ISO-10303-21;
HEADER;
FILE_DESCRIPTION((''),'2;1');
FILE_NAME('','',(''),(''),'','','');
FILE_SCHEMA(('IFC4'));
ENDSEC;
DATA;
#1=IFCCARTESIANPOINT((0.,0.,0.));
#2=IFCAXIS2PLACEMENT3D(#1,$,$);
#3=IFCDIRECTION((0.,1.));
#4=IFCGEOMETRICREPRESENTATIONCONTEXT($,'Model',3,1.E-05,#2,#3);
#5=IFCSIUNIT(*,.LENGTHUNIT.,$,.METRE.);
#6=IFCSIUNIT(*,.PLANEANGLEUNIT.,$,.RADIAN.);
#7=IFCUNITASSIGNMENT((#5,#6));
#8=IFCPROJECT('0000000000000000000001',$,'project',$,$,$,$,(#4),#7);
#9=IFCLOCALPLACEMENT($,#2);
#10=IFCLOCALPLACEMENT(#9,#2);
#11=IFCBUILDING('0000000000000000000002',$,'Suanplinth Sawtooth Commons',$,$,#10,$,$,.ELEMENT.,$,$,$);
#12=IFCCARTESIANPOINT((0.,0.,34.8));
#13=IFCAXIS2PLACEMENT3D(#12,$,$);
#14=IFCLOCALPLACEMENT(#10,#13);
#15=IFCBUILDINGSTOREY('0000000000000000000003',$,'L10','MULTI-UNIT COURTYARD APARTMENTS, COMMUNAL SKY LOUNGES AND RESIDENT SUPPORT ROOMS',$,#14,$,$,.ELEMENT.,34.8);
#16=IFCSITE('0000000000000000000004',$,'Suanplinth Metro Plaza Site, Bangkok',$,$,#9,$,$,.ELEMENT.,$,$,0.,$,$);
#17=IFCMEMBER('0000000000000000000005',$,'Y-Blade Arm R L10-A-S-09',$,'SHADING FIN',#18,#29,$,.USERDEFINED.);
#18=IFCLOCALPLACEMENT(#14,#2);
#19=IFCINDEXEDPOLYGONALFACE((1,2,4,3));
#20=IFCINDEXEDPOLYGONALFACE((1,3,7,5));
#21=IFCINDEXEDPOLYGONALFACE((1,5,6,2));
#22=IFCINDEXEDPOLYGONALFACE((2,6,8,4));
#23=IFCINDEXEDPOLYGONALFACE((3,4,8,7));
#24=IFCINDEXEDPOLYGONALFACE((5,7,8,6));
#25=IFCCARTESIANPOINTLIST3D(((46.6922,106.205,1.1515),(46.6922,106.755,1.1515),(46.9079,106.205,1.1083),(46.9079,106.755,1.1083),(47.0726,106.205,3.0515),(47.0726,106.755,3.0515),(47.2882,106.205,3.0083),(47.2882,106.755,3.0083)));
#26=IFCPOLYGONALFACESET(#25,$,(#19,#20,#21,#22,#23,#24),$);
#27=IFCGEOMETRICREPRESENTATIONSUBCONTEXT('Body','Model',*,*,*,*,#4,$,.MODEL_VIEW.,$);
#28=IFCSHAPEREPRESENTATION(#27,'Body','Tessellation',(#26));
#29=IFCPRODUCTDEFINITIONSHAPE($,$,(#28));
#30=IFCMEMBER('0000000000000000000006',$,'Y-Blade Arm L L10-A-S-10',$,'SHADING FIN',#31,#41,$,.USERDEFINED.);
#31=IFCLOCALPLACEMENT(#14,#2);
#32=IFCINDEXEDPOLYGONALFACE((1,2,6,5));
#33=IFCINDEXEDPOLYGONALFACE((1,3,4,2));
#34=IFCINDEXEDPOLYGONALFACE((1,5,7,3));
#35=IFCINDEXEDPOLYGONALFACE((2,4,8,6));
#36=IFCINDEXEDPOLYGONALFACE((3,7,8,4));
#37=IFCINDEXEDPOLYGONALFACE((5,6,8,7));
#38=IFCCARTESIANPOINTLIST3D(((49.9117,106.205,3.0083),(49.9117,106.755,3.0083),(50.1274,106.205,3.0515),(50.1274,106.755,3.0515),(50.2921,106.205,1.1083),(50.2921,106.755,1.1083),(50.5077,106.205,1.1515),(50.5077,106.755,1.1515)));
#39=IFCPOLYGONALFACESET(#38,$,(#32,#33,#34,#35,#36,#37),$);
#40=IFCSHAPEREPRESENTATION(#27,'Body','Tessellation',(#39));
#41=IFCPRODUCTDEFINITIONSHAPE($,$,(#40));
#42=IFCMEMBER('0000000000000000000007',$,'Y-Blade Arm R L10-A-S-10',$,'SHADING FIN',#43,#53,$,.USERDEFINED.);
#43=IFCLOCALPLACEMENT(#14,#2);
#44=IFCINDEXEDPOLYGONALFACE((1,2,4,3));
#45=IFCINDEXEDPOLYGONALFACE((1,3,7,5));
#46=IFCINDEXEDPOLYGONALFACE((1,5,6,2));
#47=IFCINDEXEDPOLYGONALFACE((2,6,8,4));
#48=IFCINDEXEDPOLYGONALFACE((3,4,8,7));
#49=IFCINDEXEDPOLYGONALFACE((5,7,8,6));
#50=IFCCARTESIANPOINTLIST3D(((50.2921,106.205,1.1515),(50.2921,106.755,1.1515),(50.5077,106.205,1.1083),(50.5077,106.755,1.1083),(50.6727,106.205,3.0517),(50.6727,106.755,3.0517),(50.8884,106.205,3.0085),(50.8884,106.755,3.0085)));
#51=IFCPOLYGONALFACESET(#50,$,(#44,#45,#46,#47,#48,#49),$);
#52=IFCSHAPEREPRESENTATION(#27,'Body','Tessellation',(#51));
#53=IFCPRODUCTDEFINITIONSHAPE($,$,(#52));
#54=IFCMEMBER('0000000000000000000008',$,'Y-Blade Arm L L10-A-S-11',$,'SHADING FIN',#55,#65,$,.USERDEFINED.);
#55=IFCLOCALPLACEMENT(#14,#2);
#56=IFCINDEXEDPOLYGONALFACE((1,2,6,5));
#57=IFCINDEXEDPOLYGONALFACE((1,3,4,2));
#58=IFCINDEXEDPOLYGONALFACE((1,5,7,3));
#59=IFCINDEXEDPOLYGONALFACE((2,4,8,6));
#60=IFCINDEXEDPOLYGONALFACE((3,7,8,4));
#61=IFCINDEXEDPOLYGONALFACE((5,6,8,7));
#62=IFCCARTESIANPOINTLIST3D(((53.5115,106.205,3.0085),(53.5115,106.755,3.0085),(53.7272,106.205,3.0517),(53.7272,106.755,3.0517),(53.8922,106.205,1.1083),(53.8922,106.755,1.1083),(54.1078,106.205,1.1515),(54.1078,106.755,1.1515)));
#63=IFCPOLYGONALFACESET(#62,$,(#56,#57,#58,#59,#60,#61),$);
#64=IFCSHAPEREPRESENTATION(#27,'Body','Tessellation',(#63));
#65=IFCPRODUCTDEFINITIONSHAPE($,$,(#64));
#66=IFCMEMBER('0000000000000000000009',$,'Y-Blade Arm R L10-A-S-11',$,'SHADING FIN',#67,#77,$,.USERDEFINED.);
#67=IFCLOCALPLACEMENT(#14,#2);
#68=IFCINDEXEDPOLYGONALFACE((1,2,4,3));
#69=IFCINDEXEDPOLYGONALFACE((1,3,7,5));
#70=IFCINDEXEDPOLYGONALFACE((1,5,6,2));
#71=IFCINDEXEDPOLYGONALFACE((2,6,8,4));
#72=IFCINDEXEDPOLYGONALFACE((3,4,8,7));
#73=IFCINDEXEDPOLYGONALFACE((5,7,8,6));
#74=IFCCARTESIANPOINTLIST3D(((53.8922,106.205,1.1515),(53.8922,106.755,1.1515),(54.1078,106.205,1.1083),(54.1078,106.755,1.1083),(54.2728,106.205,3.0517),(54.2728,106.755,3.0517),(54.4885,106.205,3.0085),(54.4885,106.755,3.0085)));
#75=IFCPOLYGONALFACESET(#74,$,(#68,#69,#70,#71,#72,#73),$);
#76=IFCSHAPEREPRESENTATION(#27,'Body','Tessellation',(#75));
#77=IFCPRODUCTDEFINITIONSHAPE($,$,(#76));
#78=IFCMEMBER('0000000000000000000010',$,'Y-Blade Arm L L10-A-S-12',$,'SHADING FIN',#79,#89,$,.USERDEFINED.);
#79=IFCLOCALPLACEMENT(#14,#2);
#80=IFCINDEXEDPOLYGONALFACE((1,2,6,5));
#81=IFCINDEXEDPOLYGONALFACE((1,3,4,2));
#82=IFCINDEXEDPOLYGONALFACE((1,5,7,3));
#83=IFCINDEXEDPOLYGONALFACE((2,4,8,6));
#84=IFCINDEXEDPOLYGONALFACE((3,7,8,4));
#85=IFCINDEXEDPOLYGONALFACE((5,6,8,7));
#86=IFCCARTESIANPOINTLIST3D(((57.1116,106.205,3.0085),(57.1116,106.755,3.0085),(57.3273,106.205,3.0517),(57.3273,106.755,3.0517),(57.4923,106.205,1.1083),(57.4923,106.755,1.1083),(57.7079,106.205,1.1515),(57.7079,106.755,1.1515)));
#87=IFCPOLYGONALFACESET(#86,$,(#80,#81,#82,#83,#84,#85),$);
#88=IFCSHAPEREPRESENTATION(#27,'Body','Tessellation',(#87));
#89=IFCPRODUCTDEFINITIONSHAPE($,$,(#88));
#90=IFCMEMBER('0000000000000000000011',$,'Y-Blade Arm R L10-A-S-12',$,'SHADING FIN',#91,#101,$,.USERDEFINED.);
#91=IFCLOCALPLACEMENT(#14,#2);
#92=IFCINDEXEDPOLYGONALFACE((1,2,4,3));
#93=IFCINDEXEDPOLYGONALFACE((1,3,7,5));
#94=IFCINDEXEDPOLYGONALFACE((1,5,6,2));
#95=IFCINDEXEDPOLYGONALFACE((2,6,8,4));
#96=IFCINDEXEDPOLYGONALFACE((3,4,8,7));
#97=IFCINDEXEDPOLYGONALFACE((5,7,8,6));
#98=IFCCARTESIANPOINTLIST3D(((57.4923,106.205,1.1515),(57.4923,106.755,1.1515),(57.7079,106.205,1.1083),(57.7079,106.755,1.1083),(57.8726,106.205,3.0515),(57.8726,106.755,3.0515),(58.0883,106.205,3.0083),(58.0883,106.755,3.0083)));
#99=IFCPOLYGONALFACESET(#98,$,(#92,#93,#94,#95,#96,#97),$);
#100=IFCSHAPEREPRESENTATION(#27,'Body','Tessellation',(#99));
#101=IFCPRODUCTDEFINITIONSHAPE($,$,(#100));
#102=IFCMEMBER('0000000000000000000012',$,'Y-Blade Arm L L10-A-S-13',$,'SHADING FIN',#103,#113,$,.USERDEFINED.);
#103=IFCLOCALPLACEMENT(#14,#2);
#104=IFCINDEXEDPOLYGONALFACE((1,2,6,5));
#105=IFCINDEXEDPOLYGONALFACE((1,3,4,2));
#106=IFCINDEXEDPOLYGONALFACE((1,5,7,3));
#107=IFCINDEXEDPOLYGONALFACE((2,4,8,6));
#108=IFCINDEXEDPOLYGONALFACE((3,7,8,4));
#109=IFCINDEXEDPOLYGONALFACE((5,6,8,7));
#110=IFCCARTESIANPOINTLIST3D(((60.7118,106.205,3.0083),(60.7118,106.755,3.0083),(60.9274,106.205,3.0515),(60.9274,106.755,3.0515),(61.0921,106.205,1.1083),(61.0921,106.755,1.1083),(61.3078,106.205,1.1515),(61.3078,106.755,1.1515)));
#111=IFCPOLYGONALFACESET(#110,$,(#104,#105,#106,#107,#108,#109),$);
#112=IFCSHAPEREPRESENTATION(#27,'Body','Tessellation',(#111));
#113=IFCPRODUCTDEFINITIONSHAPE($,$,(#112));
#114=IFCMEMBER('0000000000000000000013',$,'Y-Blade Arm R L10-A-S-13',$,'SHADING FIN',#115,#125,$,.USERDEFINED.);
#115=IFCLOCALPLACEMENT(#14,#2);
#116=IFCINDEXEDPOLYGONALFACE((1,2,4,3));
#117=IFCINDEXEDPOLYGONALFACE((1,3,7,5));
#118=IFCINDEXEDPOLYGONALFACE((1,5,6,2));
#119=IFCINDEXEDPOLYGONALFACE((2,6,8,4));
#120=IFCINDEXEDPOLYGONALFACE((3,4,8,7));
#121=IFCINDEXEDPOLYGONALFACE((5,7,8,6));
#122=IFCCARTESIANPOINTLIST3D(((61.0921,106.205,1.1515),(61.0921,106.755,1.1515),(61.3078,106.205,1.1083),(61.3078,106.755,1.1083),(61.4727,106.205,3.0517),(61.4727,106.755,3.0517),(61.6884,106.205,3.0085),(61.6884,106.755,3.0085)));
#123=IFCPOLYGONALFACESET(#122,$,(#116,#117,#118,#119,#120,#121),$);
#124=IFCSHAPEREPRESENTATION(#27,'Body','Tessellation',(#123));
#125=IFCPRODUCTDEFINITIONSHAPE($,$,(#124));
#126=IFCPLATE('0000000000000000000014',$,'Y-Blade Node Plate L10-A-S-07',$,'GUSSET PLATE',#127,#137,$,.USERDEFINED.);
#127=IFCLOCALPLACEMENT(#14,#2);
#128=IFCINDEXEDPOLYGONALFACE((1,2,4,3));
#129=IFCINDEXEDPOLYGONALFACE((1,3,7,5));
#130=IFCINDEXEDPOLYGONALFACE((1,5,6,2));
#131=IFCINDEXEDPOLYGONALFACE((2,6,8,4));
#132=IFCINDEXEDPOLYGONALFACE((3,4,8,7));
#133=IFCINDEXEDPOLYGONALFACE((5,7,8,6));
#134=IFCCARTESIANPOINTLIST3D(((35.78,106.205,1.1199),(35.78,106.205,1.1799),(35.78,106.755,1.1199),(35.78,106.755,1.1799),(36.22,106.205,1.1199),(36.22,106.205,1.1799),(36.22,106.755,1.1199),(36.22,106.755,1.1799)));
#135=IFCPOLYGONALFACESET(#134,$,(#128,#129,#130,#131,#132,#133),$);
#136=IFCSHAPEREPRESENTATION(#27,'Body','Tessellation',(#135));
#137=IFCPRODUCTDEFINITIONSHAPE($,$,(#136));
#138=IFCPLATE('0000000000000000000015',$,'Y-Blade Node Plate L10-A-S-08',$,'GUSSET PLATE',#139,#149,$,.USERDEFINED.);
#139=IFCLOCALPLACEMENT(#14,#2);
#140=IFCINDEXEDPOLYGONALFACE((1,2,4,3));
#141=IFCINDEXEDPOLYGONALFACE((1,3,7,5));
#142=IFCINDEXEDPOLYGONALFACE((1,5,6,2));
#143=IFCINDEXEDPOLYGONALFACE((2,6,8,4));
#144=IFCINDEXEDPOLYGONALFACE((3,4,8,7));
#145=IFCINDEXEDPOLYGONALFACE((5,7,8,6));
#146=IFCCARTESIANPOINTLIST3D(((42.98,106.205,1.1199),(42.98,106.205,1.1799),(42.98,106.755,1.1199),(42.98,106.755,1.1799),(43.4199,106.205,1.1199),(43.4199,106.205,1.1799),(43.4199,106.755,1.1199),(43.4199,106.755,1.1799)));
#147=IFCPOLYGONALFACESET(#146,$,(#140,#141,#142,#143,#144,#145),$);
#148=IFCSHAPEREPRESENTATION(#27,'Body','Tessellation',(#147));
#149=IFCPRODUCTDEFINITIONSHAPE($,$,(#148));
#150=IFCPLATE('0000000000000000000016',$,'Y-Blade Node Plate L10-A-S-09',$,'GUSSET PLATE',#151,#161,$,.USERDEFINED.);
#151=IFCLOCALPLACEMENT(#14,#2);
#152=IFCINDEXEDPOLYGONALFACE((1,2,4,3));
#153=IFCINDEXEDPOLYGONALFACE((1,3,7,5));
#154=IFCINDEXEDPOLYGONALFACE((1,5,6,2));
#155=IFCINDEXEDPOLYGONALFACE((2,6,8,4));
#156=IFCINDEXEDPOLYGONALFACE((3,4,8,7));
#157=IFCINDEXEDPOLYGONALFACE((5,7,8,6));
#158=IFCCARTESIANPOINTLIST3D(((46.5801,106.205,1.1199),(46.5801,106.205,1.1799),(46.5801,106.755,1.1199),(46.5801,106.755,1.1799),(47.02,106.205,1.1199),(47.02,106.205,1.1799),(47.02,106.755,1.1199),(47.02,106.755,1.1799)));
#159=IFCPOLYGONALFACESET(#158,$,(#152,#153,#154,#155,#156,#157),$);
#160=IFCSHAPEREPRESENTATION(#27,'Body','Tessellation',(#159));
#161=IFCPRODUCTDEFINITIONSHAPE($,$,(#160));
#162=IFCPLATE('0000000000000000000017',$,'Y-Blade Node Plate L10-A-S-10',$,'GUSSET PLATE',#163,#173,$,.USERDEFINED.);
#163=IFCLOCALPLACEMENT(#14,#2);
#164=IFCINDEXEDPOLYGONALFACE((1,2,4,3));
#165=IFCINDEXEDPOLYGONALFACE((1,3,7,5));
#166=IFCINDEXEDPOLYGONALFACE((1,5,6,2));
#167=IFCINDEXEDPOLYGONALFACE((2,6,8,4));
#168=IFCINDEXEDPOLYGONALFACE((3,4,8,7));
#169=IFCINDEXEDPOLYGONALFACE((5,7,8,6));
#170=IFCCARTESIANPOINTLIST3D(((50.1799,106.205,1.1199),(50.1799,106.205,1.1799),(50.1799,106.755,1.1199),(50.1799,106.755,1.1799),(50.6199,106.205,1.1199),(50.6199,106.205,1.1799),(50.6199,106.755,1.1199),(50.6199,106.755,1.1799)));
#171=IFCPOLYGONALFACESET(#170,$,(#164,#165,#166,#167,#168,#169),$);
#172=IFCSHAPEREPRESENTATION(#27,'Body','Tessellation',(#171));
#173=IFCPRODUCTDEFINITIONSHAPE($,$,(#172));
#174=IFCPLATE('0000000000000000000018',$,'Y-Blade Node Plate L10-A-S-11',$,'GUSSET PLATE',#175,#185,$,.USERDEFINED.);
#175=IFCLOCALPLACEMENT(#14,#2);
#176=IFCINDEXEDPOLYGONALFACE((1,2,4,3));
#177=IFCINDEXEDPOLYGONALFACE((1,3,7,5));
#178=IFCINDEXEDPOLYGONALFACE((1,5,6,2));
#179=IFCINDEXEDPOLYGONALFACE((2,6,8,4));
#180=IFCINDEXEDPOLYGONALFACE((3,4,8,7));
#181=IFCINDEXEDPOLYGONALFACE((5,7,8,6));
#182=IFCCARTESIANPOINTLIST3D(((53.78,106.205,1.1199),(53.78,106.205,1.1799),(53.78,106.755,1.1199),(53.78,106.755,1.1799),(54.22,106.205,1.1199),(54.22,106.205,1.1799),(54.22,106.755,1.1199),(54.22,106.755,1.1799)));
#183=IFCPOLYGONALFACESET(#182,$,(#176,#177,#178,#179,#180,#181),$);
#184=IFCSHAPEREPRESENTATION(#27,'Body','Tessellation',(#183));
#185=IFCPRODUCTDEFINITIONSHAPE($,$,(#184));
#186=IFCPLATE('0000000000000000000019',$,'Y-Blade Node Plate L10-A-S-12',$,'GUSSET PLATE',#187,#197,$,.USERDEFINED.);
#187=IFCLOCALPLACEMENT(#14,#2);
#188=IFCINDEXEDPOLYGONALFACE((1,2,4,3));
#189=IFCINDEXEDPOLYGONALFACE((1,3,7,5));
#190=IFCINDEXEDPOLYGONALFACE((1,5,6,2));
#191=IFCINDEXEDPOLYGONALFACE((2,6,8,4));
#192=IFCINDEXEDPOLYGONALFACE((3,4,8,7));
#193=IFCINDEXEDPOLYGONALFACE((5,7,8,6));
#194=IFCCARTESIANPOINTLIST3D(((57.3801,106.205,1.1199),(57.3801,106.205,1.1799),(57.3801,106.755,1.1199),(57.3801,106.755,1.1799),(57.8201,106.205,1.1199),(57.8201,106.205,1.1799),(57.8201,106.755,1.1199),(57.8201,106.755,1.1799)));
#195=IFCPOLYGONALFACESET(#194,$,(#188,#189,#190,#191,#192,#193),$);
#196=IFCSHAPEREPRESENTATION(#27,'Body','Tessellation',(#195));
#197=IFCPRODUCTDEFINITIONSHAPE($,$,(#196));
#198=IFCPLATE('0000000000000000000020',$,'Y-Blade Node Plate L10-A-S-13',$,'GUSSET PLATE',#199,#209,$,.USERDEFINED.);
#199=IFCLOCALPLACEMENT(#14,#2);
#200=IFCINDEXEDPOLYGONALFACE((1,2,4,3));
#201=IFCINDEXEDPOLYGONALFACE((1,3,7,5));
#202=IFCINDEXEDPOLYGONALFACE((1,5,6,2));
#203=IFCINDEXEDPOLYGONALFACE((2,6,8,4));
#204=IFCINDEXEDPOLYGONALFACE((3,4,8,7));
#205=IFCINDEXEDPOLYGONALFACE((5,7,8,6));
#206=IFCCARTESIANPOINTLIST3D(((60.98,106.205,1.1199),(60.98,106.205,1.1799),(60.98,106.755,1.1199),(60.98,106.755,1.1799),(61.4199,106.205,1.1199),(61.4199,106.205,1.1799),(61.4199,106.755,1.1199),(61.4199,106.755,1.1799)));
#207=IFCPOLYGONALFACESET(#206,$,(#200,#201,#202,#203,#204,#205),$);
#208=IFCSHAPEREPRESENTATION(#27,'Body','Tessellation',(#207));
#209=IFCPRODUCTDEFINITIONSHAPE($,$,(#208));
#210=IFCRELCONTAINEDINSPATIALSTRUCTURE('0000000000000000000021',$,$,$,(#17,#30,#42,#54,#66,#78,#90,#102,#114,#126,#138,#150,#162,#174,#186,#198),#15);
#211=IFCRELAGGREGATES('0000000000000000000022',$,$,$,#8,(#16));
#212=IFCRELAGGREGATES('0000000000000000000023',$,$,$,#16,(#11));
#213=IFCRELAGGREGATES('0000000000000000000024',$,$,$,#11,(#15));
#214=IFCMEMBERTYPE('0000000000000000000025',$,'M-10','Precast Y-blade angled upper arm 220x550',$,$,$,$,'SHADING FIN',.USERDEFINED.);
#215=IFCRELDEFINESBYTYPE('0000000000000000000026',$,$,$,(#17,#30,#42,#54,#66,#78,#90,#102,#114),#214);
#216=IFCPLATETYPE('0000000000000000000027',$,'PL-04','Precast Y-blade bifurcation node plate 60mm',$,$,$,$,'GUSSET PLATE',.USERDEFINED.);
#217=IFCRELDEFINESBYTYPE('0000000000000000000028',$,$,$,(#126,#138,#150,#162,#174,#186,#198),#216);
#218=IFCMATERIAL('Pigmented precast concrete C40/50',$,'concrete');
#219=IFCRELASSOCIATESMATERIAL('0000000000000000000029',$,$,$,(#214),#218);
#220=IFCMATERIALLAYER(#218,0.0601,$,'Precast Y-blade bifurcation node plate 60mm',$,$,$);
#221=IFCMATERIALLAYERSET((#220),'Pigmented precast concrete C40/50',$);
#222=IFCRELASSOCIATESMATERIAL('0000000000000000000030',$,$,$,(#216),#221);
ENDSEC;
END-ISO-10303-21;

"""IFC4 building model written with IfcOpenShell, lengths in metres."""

from ifc_helpers import new_model, si_unit, direction, frame, origin, origin_2d, place, context, subcontext, project, spatial, rectangle, extrude, material, layer, layer_set, material_profile, profile_set, type_object, element, save


model = new_model("IFC4")

# Units and contexts
model_context = context("Model", 3, precision=1e-05, world=origin(), true_north=direction((0.0, 1.0)))
body_context = subcontext(model_context, "Body", "Model", "MODEL_VIEW")
ifc_project = project(units=[si_unit("LENGTHUNIT", "METRE"), si_unit("PLANEANGLEUNIT", "RADIAN")], contexts=[model_context])

# Site, building, storey
site_placement = place(None, origin())
site = spatial("IfcSite", under=ifc_project, at=site_placement, Name="Suanplinth Metro Plaza Site, Bangkok", CompositionType="ELEMENT", RefElevation=0.0)
building_placement = place(site_placement, origin())
building = spatial("IfcBuilding", under=site, at=building_placement, Name="Suanplinth Sawtooth Commons", CompositionType="ELEMENT")
storey_placement = place(building_placement, frame((0.0, 0.0, 34.8)))
storey = spatial("IfcBuildingStorey", under=building, at=storey_placement, Name="L10", Description="MULTI-UNIT COURTYARD APARTMENTS, COMMUNAL SKY LOUNGES AND RESIDENT SUPPORT ROOMS", CompositionType="ELEMENT", Elevation=34.8)

# Members
ifc_material_1 = material(Name="Pigmented precast concrete C40/50", Category="concrete")
ifc_material_profile_1 = material_profile(ifc_material_1, rectangle(XDim=0.22, YDim=0.55, at=origin_2d()), Name="PC-FIN 220x550")
ifc_profile_set_1 = profile_set([ifc_material_profile_1], Name="Pigmented precast concrete C40/50")
member_type_1 = type_object("IfcMemberType", Name="M-10", Description="Precast Y-blade angled upper arm 220x550", ElementType="SHADING FIN", PredefinedType="USERDEFINED", material=ifc_profile_set_1)
for number, where, z_axis, x_axis, name in (
    (1, (46.8, 106.48, 1.1299), (0.196286, 0.0, 0.980547), (-0.980547, 0.0, 0.196286), "Y-Blade Arm R L10-A-S-09"),
    (2, (50.3999, 106.48, 1.1299), (-0.196286, 0.0, 0.980547), (0.980547, 0.0, 0.196286), "Y-Blade Arm L L10-A-S-10"),
):
    element("IfcMember", number, at=place(storey_placement, frame(where, z_axis=z_axis, x_axis=x_axis)), inside=storey, type_object=member_type_1, Name=name, ObjectType="SHADING FIN", PredefinedType="USERDEFINED", context=body_context, shape_type="SweptSolid", body=[
        extrude(rectangle(XDim=0.22, YDim=0.55, at=origin_2d()), origin(), (0.0, 0.0, 1.0), 1.9377),
    ])
for number, where, z_axis, x_axis, name in (
    (3, (50.3999, 106.48, 1.1299), (0.196407, 0.0, 0.980522), (-0.980522, 0.0, 0.196407), "Y-Blade Arm R L10-A-S-10"),
    (4, (54.0, 106.48, 1.1299), (-0.196407, 0.0, 0.980522), (0.980522, 0.0, 0.196407), "Y-Blade Arm L L10-A-S-11"),
    (5, (54.0, 106.48, 1.1299), (0.196407, 0.0, 0.980522), (-0.980522, 0.0, 0.196407), "Y-Blade Arm R L10-A-S-11"),
    (6, (57.6001, 106.48, 1.1299), (-0.196407, 0.0, 0.980522), (0.980522, 0.0, 0.196407), "Y-Blade Arm L L10-A-S-12"),
):
    element("IfcMember", number, at=place(storey_placement, frame(where, z_axis=z_axis, x_axis=x_axis)), inside=storey, type_object=member_type_1, Name=name, ObjectType="SHADING FIN", PredefinedType="USERDEFINED", context=body_context, shape_type="SweptSolid", body=[
        extrude(rectangle(XDim=0.22, YDim=0.55, at=origin_2d()), origin(), (0.0, 0.0, 1.0), 1.938),
    ])
for number, where, z_axis, x_axis, name in (
    (7, (57.6001, 106.48, 1.1299), (0.196286, 0.0, 0.980547), (-0.980547, 0.0, 0.196286), "Y-Blade Arm R L10-A-S-12"),
    (8, (61.2, 106.48, 1.1299), (-0.196286, 0.0, 0.980547), (0.980547, 0.0, 0.196286), "Y-Blade Arm L L10-A-S-13"),
):
    element("IfcMember", number, at=place(storey_placement, frame(where, z_axis=z_axis, x_axis=x_axis)), inside=storey, type_object=member_type_1, Name=name, ObjectType="SHADING FIN", PredefinedType="USERDEFINED", context=body_context, shape_type="SweptSolid", body=[
        extrude(rectangle(XDim=0.22, YDim=0.55, at=origin_2d()), origin(), (0.0, 0.0, 1.0), 1.9377),
    ])
member_1_placement = place(storey_placement, frame((61.2, 106.48, 1.1299), z_axis=(0.196407, 0.0, 0.980522), x_axis=(-0.980522, 0.0, 0.196407)))
element("IfcMember", 9, at=member_1_placement, inside=storey, type_object=member_type_1, Name="Y-Blade Arm R L10-A-S-13", ObjectType="SHADING FIN", PredefinedType="USERDEFINED", context=body_context, shape_type="SweptSolid", body=[
    extrude(rectangle(XDim=0.22, YDim=0.55, at=origin_2d()), origin(), (0.0, 0.0, 1.0), 1.938),
])

# Plates
ifc_layer = layer(ifc_material_1, 0.0601, Name="Precast Y-blade bifurcation node plate 60mm")
ifc_layer_set = layer_set([ifc_layer], Name="Pigmented precast concrete C40/50")
plate_type = type_object("IfcPlateType", Name="PL-04", Description="Precast Y-blade bifurcation node plate 60mm", ElementType="GUSSET PLATE", PredefinedType="USERDEFINED", material=ifc_layer_set)
for number, where, z_axis, x_axis, name in (
    (10, (36.0, 106.48, 1.1199), (0.0, 0.0, 1.0), (1.0, 0.0, 0.0), "Y-Blade Node Plate L10-A-S-07"),
    (11, (43.2, 106.48, 1.1199), (0.0, 0.0, 1.0), (1.0, 0.0, 0.0), "Y-Blade Node Plate L10-A-S-08"),
    (12, (46.8, 106.48, 1.1199), (0.0, 0.0, 1.0), (1.0, 0.0, 0.0), "Y-Blade Node Plate L10-A-S-09"),
    (13, (50.3999, 106.48, 1.1199), (0.0, 0.0, 1.0), (1.0, 0.0, 0.0), "Y-Blade Node Plate L10-A-S-10"),
    (14, (54.0, 106.48, 1.1199), (0.0, 0.0, 1.0), (1.0, 0.0, 0.0), "Y-Blade Node Plate L10-A-S-11"),
    (15, (57.6001, 106.48, 1.1199), (0.0, 0.0, 1.0), (1.0, 0.0, 0.0), "Y-Blade Node Plate L10-A-S-12"),
    (16, (61.2, 106.48, 1.1199), (0.0, 0.0, 1.0), (1.0, 0.0, 0.0), "Y-Blade Node Plate L10-A-S-13"),
):
    element("IfcPlate", number, at=place(storey_placement, frame(where, z_axis=z_axis, x_axis=x_axis)), inside=storey, type_object=plate_type, Name=name, ObjectType="GUSSET PLATE", PredefinedType="USERDEFINED", context=body_context, shape_type="SweptSolid", body=[
        extrude(rectangle(XDim=0.4399, YDim=0.55, at=origin_2d()), origin(), (0.0, 0.0, 1.0), 0.0601),
    ])

save(model, "model.ifc")
